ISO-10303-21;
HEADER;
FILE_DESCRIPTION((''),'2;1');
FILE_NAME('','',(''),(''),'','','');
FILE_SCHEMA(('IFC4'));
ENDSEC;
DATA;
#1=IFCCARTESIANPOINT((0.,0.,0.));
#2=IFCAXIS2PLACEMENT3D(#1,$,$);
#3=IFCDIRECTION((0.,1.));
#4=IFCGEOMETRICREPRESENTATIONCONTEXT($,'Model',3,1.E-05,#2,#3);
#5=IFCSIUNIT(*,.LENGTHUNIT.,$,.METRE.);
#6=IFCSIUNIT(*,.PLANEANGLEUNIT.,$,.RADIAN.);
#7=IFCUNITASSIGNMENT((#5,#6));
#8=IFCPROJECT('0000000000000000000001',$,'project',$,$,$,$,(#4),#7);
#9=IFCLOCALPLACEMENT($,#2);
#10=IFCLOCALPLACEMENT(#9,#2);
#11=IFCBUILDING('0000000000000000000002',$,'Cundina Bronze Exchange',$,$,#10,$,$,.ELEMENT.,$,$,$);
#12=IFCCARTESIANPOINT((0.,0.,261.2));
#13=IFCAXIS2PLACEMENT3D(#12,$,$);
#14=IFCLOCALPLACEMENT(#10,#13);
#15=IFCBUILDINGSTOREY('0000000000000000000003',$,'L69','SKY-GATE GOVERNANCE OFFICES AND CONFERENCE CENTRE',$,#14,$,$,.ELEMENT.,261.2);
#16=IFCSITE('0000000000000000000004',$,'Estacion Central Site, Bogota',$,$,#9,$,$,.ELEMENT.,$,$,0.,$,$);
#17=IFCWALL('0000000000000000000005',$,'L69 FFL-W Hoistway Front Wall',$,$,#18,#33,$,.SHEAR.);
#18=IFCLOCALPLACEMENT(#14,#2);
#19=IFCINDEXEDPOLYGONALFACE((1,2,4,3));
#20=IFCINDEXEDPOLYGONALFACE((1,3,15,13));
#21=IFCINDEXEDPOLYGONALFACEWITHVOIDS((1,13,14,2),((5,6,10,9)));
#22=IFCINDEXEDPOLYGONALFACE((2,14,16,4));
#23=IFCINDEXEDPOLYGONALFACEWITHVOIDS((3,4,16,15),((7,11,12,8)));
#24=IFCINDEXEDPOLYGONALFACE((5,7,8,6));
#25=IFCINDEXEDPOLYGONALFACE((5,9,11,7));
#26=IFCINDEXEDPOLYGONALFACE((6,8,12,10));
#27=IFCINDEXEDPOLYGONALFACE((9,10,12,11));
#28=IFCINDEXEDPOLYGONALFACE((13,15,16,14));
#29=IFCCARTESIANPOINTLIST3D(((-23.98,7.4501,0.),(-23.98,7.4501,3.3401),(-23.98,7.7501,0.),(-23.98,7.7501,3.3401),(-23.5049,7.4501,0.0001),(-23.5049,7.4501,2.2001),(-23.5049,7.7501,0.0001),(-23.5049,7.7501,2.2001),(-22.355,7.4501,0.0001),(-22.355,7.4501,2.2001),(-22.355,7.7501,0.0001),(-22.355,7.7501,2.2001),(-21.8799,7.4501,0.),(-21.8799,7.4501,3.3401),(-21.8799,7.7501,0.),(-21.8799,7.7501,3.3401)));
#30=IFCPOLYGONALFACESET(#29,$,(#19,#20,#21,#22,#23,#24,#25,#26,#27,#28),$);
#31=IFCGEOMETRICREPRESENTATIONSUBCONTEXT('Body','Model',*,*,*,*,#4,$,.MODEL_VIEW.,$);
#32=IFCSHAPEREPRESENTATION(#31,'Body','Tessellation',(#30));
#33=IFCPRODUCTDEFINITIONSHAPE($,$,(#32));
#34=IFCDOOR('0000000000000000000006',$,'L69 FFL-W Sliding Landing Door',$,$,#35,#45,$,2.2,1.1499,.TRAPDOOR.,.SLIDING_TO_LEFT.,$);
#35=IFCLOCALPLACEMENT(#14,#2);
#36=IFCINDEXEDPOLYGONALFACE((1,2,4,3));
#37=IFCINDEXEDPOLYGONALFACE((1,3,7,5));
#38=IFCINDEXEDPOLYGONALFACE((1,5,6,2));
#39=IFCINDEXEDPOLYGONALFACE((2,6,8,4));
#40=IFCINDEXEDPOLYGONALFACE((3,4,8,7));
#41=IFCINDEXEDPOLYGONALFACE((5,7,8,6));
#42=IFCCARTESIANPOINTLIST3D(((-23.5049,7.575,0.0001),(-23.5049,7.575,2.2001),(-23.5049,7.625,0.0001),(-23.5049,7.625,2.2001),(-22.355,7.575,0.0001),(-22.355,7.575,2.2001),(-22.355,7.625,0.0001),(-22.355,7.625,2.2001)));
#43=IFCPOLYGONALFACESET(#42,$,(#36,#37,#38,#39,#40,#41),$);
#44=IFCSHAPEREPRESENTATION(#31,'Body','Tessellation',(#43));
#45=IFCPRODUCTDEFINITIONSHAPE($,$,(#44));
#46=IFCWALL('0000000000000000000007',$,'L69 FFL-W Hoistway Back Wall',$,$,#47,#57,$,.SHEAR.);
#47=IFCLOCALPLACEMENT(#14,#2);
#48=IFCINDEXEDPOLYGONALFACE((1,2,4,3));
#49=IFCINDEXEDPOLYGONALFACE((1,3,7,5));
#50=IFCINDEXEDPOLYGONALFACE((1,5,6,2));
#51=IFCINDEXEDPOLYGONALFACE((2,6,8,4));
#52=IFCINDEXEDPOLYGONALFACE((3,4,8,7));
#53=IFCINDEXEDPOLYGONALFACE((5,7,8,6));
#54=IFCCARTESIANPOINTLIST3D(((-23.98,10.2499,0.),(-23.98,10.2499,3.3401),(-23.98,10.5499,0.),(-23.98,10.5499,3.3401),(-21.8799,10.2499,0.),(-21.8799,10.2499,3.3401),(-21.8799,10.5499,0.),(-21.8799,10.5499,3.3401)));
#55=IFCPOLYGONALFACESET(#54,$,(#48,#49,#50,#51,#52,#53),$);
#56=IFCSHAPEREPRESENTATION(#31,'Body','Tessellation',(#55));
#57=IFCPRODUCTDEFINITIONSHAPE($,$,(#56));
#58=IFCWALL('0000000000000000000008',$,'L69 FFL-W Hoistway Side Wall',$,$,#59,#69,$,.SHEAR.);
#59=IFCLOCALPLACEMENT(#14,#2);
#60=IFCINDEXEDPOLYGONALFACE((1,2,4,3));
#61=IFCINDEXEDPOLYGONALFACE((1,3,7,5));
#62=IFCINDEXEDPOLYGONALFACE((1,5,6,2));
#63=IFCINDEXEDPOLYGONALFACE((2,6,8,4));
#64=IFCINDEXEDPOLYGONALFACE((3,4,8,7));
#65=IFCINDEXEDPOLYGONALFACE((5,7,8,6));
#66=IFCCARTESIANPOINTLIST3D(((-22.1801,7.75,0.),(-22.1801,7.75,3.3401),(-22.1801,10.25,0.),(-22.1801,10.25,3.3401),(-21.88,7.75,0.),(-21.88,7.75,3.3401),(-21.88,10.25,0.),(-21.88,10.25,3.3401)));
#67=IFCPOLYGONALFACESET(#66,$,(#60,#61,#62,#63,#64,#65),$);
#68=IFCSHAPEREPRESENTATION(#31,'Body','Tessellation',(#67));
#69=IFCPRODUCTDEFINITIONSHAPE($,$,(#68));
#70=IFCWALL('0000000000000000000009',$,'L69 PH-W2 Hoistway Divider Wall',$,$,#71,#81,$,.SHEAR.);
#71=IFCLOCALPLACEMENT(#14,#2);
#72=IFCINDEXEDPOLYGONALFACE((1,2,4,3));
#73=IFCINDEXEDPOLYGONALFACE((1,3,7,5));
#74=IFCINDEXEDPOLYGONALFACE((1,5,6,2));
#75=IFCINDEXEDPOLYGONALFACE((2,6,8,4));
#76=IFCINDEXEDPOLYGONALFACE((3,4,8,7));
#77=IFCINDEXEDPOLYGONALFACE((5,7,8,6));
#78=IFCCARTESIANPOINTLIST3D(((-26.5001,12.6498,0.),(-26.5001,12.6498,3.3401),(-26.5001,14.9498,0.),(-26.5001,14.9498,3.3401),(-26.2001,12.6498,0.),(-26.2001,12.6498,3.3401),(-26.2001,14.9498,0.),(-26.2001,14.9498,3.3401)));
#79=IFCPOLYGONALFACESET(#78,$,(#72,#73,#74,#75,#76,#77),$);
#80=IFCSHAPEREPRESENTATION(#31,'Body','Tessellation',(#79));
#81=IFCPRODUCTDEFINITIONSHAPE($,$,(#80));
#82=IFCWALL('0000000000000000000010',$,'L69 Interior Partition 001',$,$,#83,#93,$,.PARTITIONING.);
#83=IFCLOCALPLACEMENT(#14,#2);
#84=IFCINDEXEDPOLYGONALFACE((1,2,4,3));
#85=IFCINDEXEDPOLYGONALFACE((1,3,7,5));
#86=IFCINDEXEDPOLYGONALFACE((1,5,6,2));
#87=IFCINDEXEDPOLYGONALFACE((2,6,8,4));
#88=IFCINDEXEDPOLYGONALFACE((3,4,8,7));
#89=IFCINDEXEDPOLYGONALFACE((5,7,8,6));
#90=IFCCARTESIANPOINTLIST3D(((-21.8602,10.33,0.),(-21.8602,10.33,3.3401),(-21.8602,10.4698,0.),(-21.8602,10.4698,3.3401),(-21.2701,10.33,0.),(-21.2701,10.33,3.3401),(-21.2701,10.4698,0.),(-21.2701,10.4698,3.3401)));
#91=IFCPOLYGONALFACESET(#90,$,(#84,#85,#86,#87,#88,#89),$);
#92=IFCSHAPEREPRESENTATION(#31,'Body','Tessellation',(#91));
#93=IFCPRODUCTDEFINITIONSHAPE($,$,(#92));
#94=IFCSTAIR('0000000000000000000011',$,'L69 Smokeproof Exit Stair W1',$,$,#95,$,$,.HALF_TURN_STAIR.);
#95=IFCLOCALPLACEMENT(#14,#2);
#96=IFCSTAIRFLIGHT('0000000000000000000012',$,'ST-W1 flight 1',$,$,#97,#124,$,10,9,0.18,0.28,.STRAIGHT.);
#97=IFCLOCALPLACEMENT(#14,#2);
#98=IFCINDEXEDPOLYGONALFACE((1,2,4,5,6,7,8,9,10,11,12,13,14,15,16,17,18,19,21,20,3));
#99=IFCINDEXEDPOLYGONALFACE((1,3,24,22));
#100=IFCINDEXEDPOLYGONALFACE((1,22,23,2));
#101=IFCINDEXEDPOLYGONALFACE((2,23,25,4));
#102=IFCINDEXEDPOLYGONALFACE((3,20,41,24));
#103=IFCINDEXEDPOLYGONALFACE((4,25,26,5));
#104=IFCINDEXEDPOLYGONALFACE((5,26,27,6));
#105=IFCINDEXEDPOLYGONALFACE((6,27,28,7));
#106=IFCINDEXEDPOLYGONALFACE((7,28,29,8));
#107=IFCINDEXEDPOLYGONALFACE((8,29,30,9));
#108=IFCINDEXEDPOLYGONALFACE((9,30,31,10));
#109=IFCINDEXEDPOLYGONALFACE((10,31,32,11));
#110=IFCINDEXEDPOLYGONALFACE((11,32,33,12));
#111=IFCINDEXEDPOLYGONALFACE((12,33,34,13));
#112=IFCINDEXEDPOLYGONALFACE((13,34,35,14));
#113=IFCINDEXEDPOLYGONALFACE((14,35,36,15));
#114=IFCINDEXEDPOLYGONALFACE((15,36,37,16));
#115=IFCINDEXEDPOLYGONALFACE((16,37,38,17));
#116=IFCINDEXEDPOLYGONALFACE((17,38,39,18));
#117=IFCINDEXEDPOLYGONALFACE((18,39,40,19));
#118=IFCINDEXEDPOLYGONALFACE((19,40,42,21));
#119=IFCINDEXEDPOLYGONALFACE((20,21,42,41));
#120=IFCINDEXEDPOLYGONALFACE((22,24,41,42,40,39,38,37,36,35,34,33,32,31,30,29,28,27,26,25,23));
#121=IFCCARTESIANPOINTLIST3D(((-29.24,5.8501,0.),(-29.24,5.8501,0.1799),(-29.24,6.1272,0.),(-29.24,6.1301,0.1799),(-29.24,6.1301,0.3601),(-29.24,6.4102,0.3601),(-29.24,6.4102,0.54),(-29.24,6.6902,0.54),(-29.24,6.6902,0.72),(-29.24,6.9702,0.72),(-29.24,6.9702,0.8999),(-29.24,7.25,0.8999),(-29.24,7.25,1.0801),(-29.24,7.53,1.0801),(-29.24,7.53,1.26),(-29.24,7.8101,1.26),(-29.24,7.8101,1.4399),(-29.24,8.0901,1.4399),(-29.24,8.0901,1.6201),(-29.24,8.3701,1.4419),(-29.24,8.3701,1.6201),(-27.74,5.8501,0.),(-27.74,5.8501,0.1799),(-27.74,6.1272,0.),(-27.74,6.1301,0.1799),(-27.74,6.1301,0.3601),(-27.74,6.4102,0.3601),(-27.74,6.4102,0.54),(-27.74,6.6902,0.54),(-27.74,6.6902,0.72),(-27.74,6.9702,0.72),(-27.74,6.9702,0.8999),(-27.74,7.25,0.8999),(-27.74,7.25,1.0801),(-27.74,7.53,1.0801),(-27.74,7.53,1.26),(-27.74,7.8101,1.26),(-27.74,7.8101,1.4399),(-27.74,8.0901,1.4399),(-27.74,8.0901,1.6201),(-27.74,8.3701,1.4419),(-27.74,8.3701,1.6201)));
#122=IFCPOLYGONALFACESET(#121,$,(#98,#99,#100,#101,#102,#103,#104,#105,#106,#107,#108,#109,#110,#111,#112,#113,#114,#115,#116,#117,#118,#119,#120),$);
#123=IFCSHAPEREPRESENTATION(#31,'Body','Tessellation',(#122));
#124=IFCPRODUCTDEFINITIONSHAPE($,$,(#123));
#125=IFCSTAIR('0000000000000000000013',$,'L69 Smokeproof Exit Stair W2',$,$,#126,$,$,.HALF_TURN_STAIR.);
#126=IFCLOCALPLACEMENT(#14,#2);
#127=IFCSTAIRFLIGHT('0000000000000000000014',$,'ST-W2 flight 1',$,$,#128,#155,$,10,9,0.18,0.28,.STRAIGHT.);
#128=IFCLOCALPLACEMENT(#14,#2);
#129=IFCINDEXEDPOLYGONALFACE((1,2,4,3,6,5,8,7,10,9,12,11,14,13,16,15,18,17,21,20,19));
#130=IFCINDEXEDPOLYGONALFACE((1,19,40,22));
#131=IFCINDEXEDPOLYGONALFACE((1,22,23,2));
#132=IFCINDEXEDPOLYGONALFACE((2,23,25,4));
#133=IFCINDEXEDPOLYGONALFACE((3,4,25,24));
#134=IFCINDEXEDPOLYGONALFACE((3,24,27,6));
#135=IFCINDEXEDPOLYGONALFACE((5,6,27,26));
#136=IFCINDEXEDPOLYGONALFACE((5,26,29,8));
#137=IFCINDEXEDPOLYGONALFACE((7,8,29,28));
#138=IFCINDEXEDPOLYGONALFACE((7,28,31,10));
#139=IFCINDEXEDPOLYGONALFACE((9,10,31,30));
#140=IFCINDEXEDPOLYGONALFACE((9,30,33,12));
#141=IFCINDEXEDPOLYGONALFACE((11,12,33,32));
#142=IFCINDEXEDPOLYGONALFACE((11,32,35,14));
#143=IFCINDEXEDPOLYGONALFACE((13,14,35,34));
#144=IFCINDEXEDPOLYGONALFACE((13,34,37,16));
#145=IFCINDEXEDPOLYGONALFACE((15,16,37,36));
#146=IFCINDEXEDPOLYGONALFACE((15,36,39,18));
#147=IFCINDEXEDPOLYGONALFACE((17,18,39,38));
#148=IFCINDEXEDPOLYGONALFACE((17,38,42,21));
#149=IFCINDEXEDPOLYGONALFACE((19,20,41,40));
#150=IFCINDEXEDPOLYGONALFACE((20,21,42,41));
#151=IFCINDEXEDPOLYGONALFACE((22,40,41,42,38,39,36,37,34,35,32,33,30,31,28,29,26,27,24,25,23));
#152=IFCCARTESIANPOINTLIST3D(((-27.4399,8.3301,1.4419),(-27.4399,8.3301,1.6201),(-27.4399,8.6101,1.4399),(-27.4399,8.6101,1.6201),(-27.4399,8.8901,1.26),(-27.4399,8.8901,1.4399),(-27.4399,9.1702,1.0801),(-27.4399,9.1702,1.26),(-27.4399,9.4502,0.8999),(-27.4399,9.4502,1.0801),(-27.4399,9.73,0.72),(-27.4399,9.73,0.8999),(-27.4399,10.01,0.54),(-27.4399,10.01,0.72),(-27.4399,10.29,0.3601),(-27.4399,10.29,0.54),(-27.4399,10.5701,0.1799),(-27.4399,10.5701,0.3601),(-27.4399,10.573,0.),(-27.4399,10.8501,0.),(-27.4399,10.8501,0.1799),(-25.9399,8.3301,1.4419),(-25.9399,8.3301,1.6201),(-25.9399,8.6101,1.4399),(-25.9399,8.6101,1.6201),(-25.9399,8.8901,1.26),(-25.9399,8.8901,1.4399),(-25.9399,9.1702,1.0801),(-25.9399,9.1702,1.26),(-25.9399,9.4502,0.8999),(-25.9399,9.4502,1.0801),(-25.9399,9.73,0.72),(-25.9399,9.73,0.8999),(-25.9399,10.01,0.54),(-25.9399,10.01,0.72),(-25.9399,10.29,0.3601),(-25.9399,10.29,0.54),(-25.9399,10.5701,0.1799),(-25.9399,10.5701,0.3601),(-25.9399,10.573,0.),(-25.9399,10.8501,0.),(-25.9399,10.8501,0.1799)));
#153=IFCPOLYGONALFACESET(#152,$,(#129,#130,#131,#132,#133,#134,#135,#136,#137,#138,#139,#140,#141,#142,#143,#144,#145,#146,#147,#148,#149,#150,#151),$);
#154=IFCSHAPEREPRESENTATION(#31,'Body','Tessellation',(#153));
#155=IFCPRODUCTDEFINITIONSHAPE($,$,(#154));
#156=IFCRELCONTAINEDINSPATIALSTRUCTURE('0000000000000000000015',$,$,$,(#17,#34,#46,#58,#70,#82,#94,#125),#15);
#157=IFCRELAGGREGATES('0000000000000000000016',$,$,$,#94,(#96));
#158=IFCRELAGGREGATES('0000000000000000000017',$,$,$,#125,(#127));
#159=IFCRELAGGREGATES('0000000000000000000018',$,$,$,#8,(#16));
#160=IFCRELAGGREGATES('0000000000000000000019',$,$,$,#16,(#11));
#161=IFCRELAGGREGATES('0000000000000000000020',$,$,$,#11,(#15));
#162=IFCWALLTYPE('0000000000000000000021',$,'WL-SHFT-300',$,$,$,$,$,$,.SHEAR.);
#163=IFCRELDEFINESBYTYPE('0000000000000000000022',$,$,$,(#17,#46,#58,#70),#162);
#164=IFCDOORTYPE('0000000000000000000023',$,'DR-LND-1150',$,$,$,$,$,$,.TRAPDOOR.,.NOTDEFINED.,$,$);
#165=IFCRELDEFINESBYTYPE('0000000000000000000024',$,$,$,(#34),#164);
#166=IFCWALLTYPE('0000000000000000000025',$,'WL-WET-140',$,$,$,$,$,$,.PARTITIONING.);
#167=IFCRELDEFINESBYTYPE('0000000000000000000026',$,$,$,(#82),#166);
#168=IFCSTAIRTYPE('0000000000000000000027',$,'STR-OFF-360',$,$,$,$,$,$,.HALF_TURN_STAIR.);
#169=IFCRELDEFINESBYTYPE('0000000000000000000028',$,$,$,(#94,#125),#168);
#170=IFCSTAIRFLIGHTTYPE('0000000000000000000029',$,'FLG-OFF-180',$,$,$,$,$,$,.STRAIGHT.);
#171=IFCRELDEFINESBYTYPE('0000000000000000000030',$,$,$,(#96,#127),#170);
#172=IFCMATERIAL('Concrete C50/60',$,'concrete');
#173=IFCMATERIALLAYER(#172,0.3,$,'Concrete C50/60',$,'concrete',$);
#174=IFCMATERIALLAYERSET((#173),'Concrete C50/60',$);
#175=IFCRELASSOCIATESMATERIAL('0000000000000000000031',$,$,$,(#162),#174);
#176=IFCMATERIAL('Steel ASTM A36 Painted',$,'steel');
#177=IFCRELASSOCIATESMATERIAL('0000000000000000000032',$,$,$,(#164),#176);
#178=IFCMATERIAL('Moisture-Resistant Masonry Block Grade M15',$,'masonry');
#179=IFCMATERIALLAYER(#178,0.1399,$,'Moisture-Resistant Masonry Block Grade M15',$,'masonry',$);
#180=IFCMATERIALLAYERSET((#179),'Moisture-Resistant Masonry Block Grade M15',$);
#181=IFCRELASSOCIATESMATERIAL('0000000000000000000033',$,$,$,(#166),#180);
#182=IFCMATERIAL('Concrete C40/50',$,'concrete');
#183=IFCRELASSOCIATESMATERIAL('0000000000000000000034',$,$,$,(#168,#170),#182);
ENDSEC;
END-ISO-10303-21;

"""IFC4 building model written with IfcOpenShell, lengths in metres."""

from ifc_helpers import new_model, si_unit, direction, frame, frame_2d, origin, place, context, subcontext, project, spatial, polyline, rectangle, outline, extrude, material, layer, layer_set, type_object, element, fill, aggregate, save


model = new_model("IFC4")

# Units and contexts
model_context = context("Model", 3, precision=1e-05, world=origin(), true_north=direction((0.0, 1.0)))
body_context = subcontext(model_context, "Body", "Model", "MODEL_VIEW")
ifc_project = project(units=[si_unit("LENGTHUNIT", "METRE"), si_unit("PLANEANGLEUNIT", "RADIAN")], contexts=[model_context])

# Site, building, storey
site_placement = place(None, origin())
site = spatial("IfcSite", under=ifc_project, at=site_placement, Name="Estacion Central Site, Bogota", CompositionType="ELEMENT", RefElevation=0.0)
building_placement = place(site_placement, origin())
building = spatial("IfcBuilding", under=site, at=building_placement, Name="Cundina Bronze Exchange", CompositionType="ELEMENT")
storey_placement = place(building_placement, frame((0.0, 0.0, 261.2)))
storey = spatial("IfcBuildingStorey", under=building, at=storey_placement, Name="L69", Description="SKY-GATE GOVERNANCE OFFICES AND CONFERENCE CENTRE", CompositionType="ELEMENT", Elevation=261.2)

# Shared definitions
ifc_material_1 = material(Name="Concrete C50/60", Category="concrete")

# Shared definitions
ifc_layer_1 = layer(ifc_material_1, 0.3, Name="Concrete C50/60", Category="concrete")
ifc_layer_set_1 = layer_set([ifc_layer_1], Name="Concrete C50/60")
wall_type_1 = type_object("IfcWallType", Name="WL-SHFT-300", PredefinedType="SHEAR", material=ifc_layer_set_1)
ifc_material_2 = material(Name="Steel ASTM A36 Painted", Category="steel")

# Wall, opening, door
wall_1_placement = place(storey_placement, frame((-23.98, 7.6001, 0.0), z_axis=(0.0, 0.0, 1.0), x_axis=(1.0, 0.0, 0.0)))
wall_1 = element("IfcWall", 1, at=wall_1_placement, inside=storey, type_object=wall_type_1, Name="L69 FFL-W Hoistway Front Wall", PredefinedType="SHEAR", context=body_context, shape_type="SweptSolid", body=[
    extrude(rectangle(XDim=2.1001, YDim=0.3, at=frame_2d((1.05, 0.0))), origin(), (0.0, 0.0, 1.0), 3.3401),
])
opening_1_placement = place(wall_1_placement, frame((0.4751, 0.0, 0.0)))
opening_1 = element("IfcOpeningElement", 2, at=opening_1_placement, cuts=wall_1, PredefinedType="OPENING", context=body_context, shape_type="SweptSolid", body=[
    extrude(rectangle(XDim=1.1499, YDim=2.2, at=frame_2d((0.575, 1.1001))), frame((0.0, 0.1599, 0.0), z_axis=(0.0, -1.0, 0.0), x_axis=(1.0, 0.0, 0.0)), (0.0, 0.0, 1.0), 0.3201),
])
door_type_1 = type_object("IfcDoorType", Name="DR-LND-1150", OperationType="NOTDEFINED", PredefinedType="TRAPDOOR", material=ifc_material_2)
door_1_placement = place(opening_1_placement, origin())
door_1 = element("IfcDoor", 3, at=door_1_placement, inside=storey, type_object=door_type_1, Name="L69 FFL-W Sliding Landing Door", OperationType="SLIDING_TO_LEFT", OverallHeight=2.2, OverallWidth=1.1499, PredefinedType="TRAPDOOR", context=body_context, shape_type="SweptSolid", body=[
    extrude(rectangle(XDim=1.1499, YDim=2.2, at=frame_2d((0.575, 1.1001))), frame((0.0, 0.0249, 0.0), z_axis=(0.0, -1.0, 0.0), x_axis=(1.0, 0.0, 0.0)), (0.0, 0.0, 1.0), 0.05),
])
fill(opening_1, door_1)

# Walls
wall_2_placement = place(storey_placement, frame((-23.98, 10.3999, 0.0), z_axis=(0.0, 0.0, 1.0), x_axis=(1.0, 0.0, 0.0)))
element("IfcWall", 4, at=wall_2_placement, inside=storey, type_object=wall_type_1, Name="L69 FFL-W Hoistway Back Wall", PredefinedType="SHEAR", context=body_context, shape_type="SweptSolid", body=[
    extrude(rectangle(XDim=2.1001, YDim=0.3, at=frame_2d((1.05, 0.0))), origin(), (0.0, 0.0, 1.0), 3.3401),
])
wall_3_placement = place(storey_placement, frame((-22.03, 7.75, 0.0), z_axis=(0.0, 0.0, 1.0), x_axis=(0.0, 1.0, 0.0)))
element("IfcWall", 5, at=wall_3_placement, inside=storey, type_object=wall_type_1, Name="L69 FFL-W Hoistway Side Wall", PredefinedType="SHEAR", context=body_context, shape_type="SweptSolid", body=[
    extrude(rectangle(XDim=2.5, YDim=0.3, at=frame_2d((1.25, 0.0))), origin(), (0.0, 0.0, 1.0), 3.3401),
])
wall_4_placement = place(storey_placement, frame((-26.3501, 12.6499, 0.0), z_axis=(0.0, 0.0, 1.0), x_axis=(0.0, 1.0, 0.0)))
element("IfcWall", 6, at=wall_4_placement, inside=storey, type_object=wall_type_1, Name="L69 PH-W2 Hoistway Divider Wall", PredefinedType="SHEAR", context=body_context, shape_type="SweptSolid", body=[
    extrude(rectangle(XDim=2.3, YDim=0.3, at=frame_2d((1.1499, 0.0))), origin(), (0.0, 0.0, 1.0), 3.3401),
])
ifc_material_3 = material(Name="Moisture-Resistant Masonry Block Grade M15", Category="masonry")
ifc_layer_2 = layer(ifc_material_3, 0.1399, Name="Moisture-Resistant Masonry Block Grade M15", Category="masonry")
ifc_layer_set_2 = layer_set([ifc_layer_2], Name="Moisture-Resistant Masonry Block Grade M15")
wall_type_2 = type_object("IfcWallType", Name="WL-WET-140", PredefinedType="PARTITIONING", material=ifc_layer_set_2)
wall_5_placement = place(storey_placement, frame((-21.8601, 10.3999, 0.0), z_axis=(0.0, 0.0, 1.0), x_axis=(1.0, 0.0, 0.0)))
element("IfcWall", 7, at=wall_5_placement, inside=storey, type_object=wall_type_2, Name="L69 Interior Partition 001", PredefinedType="PARTITIONING", context=body_context, shape_type="SweptSolid", body=[
    extrude(rectangle(XDim=0.5901, YDim=0.1399, at=frame_2d((0.2949, 0.0))), origin(), (0.0, 0.0, 1.0), 3.3401),
])

# Stair, stair flight
ifc_material_4 = material(Name="Concrete C40/50", Category="concrete")
stair_type = type_object("IfcStairType", Name="STR-OFF-360", PredefinedType="HALF_TURN_STAIR", material=ifc_material_4)
stair_1_placement = place(storey_placement, origin())
stair_1 = element("IfcStair", 8, at=stair_1_placement, inside=storey, type_object=stair_type, Name="L69 Smokeproof Exit Stair W1", PredefinedType="HALF_TURN_STAIR")
stair_flight_type = type_object("IfcStairFlightType", Name="FLG-OFF-180", PredefinedType="STRAIGHT", material=ifc_material_4)
stair_flight_1_placement = place(storey_placement, frame((-28.49, 5.8501, 0.0), z_axis=(0.0, 0.0, 1.0), x_axis=(0.0, 1.0, 0.0)))
stair_flight_1 = element("IfcStairFlight", 9, at=stair_flight_1_placement, type_object=stair_flight_type, Name="ST-W1 flight 1", NumberOfRisers=10, NumberOfTreads=9, PredefinedType="STRAIGHT", RiserHeight=0.18, TreadLength=0.28, context=body_context, shape_type="SweptSolid", body=[
    extrude(outline(polyline([(0.0, 0.0), (0.0, 0.1799), (0.28, 0.1799), (0.28, 0.3601), (0.5601, 0.3601), (0.5601, 0.54), (0.8401, 0.54), (0.8401, 0.72), (1.1201, 0.72), (1.1201, 0.8999), (1.3999, 0.8999), (1.3999, 1.0801), (1.6799, 1.0801), (1.6799, 1.26), (1.96, 1.26), (1.96, 1.4399), (2.24, 1.4399), (2.24, 1.6201), (2.52, 1.6201), (2.52, 1.8), (2.52, 1.4419), (0.2771, 0.0), (0.0, 0.0)])), frame((0.0, 0.75, 0.0), z_axis=(0.0, -1.0, 0.0), x_axis=(1.0, 0.0, 0.0)), (0.0, 0.0, 1.0), 1.5),
])
aggregate(stair_1, [stair_flight_1])

# Stair, stair flight
stair_2_placement = place(storey_placement, origin())
stair_2 = element("IfcStair", 10, at=stair_2_placement, inside=storey, type_object=stair_type, Name="L69 Smokeproof Exit Stair W2", PredefinedType="HALF_TURN_STAIR")
stair_flight_2_placement = place(storey_placement, frame((-26.6899, 10.8501, 0.0), z_axis=(0.0, 0.0, 1.0), x_axis=(0.0, -1.0, 0.0)))
stair_flight_2 = element("IfcStairFlight", 11, at=stair_flight_2_placement, type_object=stair_flight_type, Name="ST-W2 flight 1", NumberOfRisers=10, NumberOfTreads=9, PredefinedType="STRAIGHT", RiserHeight=0.18, TreadLength=0.28, context=body_context, shape_type="SweptSolid", body=[
    extrude(outline(polyline([(0.0, 0.0), (0.0, 0.1799), (0.28, 0.1799), (0.28, 0.3601), (0.5601, 0.3601), (0.5601, 0.54), (0.8401, 0.54), (0.8401, 0.72), (1.1201, 0.72), (1.1201, 0.8999), (1.3999, 0.8999), (1.3999, 1.0801), (1.6799, 1.0801), (1.6799, 1.26), (1.96, 1.26), (1.96, 1.4399), (2.24, 1.4399), (2.24, 1.6201), (2.52, 1.6201), (2.52, 1.8), (2.52, 1.4419), (0.2771, 0.0), (0.0, 0.0)])), frame((0.0, 0.75, 0.0), z_axis=(0.0, -1.0, 0.0), x_axis=(1.0, 0.0, 0.0)), (0.0, 0.0, 1.0), 1.5),
])
aggregate(stair_2, [stair_flight_2])

save(model, "model.ifc")
